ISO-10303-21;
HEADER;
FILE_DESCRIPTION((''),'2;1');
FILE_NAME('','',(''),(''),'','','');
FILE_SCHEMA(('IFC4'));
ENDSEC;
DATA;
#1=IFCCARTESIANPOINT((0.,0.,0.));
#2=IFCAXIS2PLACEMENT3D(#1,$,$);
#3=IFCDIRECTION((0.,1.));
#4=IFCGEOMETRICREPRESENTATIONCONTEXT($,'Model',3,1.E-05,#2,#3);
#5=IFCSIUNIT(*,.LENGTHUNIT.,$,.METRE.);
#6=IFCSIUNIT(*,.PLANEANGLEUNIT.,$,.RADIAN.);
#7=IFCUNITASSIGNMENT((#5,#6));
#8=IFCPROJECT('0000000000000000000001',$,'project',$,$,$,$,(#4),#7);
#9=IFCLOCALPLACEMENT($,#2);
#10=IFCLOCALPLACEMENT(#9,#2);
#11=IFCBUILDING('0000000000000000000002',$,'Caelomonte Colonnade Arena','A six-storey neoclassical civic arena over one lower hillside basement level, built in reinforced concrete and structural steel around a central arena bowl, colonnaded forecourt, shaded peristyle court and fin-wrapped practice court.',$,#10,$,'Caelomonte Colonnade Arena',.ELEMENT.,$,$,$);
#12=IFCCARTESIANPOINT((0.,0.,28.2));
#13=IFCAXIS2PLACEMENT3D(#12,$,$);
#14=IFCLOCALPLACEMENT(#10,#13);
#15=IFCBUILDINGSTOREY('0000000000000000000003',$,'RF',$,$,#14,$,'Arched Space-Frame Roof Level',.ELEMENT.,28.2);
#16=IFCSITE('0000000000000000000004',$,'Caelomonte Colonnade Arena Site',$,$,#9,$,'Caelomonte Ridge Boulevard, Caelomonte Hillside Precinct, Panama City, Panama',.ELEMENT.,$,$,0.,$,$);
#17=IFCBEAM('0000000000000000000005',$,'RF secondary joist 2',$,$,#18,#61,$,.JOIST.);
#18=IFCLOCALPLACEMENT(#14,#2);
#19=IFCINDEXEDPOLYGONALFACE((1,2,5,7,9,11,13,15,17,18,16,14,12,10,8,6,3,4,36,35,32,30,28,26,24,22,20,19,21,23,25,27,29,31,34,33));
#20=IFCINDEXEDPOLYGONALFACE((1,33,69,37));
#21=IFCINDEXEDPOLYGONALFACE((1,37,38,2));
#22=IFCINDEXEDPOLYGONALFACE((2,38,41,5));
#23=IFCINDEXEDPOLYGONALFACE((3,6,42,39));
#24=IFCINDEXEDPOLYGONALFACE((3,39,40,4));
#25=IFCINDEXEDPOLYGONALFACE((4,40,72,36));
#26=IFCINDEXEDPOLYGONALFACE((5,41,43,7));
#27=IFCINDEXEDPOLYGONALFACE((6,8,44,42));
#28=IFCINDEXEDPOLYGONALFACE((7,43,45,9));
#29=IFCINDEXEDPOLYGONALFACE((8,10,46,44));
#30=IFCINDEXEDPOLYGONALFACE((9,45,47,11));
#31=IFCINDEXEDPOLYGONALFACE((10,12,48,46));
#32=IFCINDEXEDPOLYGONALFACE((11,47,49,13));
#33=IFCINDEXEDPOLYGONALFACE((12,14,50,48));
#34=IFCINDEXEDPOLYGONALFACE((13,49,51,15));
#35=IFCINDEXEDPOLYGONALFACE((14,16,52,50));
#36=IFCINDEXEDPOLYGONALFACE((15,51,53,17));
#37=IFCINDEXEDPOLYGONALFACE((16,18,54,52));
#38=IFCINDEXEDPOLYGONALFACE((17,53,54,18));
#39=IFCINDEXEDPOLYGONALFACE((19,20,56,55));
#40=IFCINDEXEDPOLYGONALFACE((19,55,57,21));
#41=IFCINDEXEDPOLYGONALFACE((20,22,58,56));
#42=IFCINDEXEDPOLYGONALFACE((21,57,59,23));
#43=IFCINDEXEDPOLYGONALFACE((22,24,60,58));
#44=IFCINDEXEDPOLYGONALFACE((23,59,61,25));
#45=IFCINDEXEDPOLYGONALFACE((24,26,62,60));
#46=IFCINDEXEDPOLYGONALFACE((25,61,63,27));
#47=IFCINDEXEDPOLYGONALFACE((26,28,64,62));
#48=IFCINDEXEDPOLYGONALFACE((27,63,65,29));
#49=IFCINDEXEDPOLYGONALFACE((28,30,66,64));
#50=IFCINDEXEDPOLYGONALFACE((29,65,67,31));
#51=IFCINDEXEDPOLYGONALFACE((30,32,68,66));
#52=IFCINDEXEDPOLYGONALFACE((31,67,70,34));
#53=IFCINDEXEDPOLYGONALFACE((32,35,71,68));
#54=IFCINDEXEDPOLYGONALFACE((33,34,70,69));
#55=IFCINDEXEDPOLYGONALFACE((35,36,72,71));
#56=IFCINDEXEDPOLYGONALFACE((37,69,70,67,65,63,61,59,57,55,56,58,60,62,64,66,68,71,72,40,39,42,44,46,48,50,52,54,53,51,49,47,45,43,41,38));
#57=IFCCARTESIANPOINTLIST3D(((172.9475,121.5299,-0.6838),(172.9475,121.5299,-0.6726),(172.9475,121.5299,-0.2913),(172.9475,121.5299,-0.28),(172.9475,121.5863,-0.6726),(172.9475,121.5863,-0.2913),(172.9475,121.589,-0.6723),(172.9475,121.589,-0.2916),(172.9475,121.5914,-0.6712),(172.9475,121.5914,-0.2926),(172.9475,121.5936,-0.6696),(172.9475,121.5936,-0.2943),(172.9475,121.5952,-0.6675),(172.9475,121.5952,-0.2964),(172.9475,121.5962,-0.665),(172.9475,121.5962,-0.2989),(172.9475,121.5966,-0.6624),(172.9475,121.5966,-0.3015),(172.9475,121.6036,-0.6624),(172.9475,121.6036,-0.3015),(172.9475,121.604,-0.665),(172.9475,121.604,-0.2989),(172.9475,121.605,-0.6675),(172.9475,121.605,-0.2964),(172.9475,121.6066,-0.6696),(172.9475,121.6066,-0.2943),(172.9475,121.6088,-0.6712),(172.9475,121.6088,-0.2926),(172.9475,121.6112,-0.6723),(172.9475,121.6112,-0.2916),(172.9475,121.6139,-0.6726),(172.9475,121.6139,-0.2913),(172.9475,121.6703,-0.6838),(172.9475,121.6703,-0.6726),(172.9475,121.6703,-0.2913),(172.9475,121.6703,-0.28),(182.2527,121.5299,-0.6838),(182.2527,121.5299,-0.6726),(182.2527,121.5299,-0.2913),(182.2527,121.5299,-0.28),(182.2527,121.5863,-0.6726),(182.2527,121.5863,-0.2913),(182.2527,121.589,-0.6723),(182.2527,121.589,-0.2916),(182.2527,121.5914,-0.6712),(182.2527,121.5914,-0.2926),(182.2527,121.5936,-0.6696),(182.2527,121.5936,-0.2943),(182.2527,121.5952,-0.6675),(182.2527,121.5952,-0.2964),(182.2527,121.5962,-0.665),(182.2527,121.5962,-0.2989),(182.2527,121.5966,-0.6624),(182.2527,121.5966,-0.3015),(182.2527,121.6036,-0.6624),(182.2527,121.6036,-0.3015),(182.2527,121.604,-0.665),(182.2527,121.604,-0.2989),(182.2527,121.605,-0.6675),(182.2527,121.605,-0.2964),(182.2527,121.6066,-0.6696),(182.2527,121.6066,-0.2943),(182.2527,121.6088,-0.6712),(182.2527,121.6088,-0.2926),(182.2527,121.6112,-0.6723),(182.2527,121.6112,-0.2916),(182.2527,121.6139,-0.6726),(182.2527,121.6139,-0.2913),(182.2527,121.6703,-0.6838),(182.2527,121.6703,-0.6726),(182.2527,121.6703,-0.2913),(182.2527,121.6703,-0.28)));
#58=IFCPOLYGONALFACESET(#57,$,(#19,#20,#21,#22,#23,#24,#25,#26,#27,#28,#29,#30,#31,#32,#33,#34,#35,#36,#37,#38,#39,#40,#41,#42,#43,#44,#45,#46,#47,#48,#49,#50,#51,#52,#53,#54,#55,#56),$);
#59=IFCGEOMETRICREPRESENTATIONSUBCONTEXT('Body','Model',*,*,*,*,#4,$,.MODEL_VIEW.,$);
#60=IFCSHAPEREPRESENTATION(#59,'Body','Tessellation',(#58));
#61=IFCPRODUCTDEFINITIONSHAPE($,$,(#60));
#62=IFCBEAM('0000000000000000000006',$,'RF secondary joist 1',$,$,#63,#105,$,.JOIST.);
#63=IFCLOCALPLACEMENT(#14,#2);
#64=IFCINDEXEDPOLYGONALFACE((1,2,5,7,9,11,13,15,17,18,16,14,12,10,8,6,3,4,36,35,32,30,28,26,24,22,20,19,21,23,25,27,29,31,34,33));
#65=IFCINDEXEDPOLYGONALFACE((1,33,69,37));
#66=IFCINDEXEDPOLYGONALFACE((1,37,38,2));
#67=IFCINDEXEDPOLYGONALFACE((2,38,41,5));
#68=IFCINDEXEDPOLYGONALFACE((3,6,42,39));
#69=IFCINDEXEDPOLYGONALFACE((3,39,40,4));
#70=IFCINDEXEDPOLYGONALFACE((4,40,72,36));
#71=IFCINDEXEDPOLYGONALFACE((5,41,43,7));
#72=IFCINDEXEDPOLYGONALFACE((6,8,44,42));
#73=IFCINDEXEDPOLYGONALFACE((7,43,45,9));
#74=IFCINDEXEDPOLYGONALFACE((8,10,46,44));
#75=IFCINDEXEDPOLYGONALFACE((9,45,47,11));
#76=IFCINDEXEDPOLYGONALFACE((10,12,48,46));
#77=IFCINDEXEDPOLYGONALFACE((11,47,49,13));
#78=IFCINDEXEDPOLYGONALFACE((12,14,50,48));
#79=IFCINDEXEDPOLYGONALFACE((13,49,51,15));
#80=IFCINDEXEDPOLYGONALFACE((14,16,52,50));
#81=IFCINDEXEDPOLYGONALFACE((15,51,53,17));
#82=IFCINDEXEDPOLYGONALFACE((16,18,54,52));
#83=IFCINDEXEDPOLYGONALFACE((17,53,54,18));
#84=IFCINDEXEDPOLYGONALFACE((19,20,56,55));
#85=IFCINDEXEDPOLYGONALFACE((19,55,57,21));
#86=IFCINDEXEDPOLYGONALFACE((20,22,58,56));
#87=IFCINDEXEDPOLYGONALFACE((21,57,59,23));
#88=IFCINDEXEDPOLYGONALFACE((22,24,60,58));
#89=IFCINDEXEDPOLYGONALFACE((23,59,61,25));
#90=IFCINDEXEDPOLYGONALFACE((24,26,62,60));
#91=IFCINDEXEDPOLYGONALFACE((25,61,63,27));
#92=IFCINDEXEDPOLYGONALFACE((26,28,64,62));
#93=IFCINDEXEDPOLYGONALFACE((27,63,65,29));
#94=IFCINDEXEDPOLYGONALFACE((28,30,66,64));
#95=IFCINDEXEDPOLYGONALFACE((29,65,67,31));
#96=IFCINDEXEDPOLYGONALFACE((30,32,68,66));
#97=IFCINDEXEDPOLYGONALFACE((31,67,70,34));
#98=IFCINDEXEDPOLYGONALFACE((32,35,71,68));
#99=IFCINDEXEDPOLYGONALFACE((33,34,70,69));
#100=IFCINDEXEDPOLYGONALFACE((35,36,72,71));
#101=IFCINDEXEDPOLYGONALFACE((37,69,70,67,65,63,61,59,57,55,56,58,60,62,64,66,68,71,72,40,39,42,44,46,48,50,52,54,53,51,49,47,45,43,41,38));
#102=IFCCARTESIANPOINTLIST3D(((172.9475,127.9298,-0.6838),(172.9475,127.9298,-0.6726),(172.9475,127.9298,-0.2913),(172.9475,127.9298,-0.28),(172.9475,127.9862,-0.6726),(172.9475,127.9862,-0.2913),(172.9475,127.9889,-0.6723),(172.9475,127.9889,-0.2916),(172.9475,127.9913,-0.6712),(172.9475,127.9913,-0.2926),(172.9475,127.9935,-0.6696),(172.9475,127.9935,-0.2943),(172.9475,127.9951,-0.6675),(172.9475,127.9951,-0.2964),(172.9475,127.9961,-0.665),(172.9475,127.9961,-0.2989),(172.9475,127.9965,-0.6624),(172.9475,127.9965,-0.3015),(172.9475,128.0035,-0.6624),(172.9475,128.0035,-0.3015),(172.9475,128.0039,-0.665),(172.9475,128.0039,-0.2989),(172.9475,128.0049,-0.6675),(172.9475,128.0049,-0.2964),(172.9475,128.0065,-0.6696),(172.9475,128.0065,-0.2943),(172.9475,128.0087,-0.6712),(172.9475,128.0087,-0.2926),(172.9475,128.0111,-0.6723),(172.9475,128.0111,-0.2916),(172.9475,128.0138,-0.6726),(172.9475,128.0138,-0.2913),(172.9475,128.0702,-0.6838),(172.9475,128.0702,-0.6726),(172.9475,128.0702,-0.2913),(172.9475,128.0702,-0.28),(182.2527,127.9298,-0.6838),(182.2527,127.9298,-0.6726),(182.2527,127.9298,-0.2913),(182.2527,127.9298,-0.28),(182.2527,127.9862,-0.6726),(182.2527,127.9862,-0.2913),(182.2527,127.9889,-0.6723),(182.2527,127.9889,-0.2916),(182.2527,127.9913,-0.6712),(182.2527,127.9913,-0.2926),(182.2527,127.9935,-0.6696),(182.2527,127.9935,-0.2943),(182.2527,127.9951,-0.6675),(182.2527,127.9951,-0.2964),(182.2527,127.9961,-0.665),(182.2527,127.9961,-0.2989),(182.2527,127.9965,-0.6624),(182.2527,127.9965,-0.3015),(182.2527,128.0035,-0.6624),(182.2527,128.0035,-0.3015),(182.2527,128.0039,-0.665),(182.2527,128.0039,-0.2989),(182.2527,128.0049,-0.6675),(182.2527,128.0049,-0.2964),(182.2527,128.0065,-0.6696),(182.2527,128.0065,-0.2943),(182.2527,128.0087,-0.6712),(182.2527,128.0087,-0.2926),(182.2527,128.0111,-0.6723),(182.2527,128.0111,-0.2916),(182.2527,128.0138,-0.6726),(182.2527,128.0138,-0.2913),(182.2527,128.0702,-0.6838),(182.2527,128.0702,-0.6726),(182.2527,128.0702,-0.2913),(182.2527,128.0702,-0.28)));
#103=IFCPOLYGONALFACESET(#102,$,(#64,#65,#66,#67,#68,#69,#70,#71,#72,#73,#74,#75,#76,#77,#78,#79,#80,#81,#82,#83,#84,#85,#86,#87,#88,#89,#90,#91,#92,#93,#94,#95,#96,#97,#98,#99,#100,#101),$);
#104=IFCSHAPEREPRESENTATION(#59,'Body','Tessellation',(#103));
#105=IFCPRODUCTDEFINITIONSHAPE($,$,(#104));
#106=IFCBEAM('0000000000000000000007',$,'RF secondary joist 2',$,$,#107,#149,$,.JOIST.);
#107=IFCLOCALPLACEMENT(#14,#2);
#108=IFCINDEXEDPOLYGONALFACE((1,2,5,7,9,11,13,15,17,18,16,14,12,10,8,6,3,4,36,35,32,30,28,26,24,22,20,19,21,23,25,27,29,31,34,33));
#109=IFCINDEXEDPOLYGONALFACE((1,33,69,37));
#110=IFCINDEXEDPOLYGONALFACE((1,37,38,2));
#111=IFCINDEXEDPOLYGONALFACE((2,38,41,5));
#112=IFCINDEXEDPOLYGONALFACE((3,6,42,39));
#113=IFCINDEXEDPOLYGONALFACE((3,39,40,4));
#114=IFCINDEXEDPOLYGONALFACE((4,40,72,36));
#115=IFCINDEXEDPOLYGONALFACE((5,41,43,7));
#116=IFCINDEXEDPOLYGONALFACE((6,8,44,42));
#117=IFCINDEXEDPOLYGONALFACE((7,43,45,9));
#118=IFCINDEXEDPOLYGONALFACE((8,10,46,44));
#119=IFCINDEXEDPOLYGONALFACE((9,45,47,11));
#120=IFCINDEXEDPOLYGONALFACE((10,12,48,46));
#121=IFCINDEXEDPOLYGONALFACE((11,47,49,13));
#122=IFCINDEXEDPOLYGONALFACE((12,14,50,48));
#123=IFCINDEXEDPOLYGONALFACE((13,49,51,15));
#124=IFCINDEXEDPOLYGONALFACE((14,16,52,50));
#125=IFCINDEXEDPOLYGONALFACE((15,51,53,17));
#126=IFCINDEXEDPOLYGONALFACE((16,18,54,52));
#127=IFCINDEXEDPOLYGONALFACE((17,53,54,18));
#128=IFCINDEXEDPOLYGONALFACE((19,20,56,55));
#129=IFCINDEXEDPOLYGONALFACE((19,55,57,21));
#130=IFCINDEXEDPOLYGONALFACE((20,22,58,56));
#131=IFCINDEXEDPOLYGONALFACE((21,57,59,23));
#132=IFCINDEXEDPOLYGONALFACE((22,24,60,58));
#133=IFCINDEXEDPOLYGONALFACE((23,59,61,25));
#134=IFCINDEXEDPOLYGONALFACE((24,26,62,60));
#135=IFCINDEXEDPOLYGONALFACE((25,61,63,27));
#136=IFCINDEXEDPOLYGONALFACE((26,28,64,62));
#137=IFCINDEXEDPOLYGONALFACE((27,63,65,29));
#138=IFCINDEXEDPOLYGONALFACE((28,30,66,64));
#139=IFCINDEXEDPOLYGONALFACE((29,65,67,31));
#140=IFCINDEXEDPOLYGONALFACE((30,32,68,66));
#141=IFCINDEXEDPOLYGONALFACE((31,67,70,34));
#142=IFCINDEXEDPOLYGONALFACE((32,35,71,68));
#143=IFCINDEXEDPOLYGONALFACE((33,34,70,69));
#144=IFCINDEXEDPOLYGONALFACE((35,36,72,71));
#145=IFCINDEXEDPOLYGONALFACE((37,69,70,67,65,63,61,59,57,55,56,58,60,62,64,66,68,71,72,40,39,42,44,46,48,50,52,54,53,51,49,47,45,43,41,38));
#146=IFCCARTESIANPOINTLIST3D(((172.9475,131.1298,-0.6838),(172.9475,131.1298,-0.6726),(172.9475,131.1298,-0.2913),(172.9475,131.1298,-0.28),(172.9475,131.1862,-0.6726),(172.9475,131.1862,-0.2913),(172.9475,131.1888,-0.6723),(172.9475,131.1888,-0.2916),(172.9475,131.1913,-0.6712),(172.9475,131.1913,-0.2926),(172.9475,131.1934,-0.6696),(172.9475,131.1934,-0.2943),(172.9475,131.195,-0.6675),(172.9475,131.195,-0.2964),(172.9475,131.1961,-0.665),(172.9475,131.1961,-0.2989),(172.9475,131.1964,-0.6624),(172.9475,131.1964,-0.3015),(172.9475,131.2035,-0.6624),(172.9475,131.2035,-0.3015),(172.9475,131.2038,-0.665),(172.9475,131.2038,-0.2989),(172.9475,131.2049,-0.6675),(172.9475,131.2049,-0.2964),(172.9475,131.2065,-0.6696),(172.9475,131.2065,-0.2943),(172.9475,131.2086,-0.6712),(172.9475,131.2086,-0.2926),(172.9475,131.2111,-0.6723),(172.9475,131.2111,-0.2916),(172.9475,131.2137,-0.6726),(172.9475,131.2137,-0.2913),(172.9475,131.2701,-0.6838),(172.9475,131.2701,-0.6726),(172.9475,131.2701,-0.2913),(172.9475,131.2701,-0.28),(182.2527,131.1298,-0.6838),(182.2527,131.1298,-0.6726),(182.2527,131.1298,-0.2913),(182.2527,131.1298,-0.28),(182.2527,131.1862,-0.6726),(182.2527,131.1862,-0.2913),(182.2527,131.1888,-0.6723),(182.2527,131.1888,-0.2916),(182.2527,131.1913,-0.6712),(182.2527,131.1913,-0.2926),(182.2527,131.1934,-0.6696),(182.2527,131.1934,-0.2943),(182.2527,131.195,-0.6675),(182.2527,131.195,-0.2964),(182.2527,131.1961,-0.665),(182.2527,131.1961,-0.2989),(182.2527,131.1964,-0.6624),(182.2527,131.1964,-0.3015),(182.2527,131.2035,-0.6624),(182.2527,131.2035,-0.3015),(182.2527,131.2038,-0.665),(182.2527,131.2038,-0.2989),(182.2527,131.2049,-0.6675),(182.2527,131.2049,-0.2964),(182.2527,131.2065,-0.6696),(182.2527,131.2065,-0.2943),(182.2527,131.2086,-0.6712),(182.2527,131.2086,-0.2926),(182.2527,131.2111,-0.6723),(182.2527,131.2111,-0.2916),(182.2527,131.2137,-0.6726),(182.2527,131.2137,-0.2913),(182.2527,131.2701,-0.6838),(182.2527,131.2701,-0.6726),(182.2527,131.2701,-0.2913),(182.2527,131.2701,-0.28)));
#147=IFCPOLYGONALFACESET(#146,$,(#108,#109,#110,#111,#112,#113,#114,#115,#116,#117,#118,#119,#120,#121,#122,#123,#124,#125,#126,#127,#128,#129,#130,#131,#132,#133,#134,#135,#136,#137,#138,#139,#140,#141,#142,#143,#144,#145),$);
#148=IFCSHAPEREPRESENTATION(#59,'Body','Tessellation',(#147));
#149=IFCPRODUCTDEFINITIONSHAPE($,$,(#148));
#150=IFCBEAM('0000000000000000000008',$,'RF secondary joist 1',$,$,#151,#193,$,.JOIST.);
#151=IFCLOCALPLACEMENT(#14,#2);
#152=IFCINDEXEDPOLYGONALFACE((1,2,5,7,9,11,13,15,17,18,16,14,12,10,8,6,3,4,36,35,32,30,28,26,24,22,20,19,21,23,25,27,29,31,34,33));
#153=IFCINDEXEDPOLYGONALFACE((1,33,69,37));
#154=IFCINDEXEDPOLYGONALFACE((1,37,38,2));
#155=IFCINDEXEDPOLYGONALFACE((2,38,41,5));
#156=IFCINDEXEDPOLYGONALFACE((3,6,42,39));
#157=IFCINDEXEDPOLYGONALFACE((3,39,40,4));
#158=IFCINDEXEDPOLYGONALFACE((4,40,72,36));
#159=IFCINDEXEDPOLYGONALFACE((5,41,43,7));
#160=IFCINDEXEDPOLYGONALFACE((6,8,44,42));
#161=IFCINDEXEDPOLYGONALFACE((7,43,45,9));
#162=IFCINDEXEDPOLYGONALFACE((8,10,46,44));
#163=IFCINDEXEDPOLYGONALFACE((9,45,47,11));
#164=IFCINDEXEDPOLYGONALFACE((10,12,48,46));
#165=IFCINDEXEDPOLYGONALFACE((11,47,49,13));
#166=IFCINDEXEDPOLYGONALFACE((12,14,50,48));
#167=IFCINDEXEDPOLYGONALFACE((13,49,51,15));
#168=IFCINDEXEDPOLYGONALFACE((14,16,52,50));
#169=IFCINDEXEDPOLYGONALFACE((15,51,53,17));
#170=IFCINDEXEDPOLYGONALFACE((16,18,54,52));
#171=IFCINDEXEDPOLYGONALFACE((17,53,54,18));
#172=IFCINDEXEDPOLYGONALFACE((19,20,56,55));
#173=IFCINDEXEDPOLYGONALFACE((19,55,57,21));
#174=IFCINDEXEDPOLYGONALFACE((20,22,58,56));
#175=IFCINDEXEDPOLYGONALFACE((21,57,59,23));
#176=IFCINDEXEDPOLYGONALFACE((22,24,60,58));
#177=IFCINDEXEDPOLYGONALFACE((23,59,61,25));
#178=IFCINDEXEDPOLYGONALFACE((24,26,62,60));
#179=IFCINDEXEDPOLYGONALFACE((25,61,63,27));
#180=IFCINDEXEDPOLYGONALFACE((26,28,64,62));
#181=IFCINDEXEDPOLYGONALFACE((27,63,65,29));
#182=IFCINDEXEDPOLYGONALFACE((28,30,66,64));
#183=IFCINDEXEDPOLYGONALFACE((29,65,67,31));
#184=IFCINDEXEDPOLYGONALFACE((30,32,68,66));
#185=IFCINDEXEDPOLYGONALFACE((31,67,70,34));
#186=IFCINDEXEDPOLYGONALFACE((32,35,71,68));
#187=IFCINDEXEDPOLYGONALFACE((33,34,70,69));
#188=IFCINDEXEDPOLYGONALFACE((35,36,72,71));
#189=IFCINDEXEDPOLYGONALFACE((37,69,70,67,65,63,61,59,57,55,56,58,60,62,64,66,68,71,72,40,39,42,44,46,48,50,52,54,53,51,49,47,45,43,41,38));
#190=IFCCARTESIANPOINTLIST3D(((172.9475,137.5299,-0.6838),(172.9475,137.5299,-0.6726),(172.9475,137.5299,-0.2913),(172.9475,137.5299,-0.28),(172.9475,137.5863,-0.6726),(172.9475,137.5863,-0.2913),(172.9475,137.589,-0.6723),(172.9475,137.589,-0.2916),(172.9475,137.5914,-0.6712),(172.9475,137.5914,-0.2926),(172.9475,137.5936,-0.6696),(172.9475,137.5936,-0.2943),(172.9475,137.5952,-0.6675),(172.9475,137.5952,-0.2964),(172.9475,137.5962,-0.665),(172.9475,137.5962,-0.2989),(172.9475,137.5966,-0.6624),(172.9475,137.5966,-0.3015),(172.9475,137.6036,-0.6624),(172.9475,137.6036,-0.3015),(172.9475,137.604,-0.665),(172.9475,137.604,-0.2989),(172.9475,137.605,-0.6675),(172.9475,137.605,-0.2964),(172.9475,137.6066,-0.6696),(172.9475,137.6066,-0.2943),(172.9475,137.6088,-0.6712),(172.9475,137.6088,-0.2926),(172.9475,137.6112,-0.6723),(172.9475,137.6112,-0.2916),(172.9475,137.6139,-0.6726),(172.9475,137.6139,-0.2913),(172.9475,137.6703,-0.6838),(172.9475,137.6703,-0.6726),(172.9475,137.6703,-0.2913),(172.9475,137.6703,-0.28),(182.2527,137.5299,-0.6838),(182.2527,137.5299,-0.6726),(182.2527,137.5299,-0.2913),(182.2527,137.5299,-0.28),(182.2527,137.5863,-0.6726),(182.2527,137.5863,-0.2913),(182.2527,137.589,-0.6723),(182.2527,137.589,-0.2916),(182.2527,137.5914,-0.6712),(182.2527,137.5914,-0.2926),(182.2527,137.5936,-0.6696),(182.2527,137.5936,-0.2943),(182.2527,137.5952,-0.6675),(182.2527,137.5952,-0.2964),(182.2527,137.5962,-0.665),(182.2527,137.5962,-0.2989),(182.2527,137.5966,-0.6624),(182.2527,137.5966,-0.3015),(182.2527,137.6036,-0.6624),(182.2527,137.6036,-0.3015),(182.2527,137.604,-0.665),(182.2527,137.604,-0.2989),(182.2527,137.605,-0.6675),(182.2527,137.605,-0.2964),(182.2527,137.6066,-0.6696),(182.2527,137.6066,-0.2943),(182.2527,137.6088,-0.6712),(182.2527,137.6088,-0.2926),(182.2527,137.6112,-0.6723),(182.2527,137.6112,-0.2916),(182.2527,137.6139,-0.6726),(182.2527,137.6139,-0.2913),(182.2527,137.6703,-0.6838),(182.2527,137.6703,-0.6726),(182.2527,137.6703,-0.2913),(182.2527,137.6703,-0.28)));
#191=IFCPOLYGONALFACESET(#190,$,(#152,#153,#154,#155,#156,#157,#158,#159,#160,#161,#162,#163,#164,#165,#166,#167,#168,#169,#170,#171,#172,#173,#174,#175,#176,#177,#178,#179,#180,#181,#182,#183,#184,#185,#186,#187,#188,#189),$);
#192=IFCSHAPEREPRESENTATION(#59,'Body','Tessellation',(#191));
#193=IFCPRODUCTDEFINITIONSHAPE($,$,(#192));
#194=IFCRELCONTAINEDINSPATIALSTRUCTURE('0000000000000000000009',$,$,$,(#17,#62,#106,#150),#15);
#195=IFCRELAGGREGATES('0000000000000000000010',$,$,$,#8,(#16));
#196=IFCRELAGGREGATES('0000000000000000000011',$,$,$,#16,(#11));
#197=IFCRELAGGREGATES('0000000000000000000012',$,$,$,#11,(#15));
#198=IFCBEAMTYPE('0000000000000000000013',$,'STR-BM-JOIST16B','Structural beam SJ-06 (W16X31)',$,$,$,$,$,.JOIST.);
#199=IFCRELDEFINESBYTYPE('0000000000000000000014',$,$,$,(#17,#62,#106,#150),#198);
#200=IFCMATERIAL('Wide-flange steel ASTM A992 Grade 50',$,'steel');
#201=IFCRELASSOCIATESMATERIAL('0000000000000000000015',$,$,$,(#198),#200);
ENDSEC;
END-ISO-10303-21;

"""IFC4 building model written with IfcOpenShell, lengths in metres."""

from ifc_helpers import new_model, si_unit, direction, frame, origin, origin_2d, place, context, subcontext, project, spatial, i_section, extrude, material, material_profile, profile_set, type_object, element, save


model = new_model("IFC4")

# Units and contexts
model_context = context("Model", 3, precision=1e-05, world=origin(), true_north=direction((0.0, 1.0)))
body_context = subcontext(model_context, "Body", "Model", "MODEL_VIEW")
ifc_project = project(units=[si_unit("LENGTHUNIT", "METRE"), si_unit("PLANEANGLEUNIT", "RADIAN")], contexts=[model_context])

# Site, building, storey
site_placement = place(None, origin())
site = spatial("IfcSite", under=ifc_project, at=site_placement, Name="Caelomonte Colonnade Arena Site", LongName="Caelomonte Ridge Boulevard, Caelomonte Hillside Precinct, Panama City, Panama", CompositionType="ELEMENT", RefElevation=0.0)
building_placement = place(site_placement, origin())
building = spatial("IfcBuilding", under=site, at=building_placement, Name="Caelomonte Colonnade Arena", Description="A six-storey neoclassical civic arena over one lower hillside basement level, built in reinforced concrete and structural steel around a central arena bowl, colonnaded forecourt, shaded peristyle court and fin-wrapped practice court.", LongName="Caelomonte Colonnade Arena", CompositionType="ELEMENT")
storey_placement = place(building_placement, frame((0.0, 0.0, 28.2)))
storey = spatial("IfcBuildingStorey", under=building, at=storey_placement, Name="RF", LongName="Arched Space-Frame Roof Level", CompositionType="ELEMENT", Elevation=28.2)

# Beams
ifc_material_1 = material(Name="Wide-flange steel ASTM A992 Grade 50", Category="steel")
ifc_material_profile_1 = material_profile(ifc_material_1, i_section(OverallWidth=0.1404, OverallDepth=0.4038, WebThickness=0.0071, FlangeThickness=0.0112, FilletRadius=0.0103, at=origin_2d()), Name="W16X31")
ifc_profile_set_1 = profile_set([ifc_material_profile_1], Name="Wide-flange steel ASTM A992 Grade 50")
beam_type_1 = type_object("IfcBeamType", Name="STR-BM-JOIST16B", Description="Structural beam SJ-06 (W16X31)", PredefinedType="JOIST", material=ifc_profile_set_1)
for number, where, z_axis, x_axis, name in (
    (1, (172.9475, 121.6001, -0.4819), (1.0, 0.0, 0.0), (0.0, 1.0, 0.0), "RF secondary joist 2"),
    (2, (172.9475, 128.0, -0.4819), (1.0, 0.0, 0.0), (0.0, 1.0, 0.0), "RF secondary joist 1"),
    (3, (172.9475, 131.2, -0.4819), (1.0, 0.0, 0.0), (0.0, 1.0, 0.0), "RF secondary joist 2"),
    (4, (172.9475, 137.6001, -0.4819), (1.0, 0.0, 0.0), (0.0, 1.0, 0.0), "RF secondary joist 1"),
):
    element("IfcBeam", number, at=place(storey_placement, frame(where, z_axis=z_axis, x_axis=x_axis)), inside=storey, type_object=beam_type_1, Name=name, PredefinedType="JOIST", context=body_context, shape_type="SweptSolid", body=[
        extrude(i_section(OverallWidth=0.1404, OverallDepth=0.4038, WebThickness=0.0071, FlangeThickness=0.0112, FilletRadius=0.0103, at=origin_2d()), origin(), (0.0, 0.0, 1.0), 9.3052),
    ])

save(model, "model.ifc")
